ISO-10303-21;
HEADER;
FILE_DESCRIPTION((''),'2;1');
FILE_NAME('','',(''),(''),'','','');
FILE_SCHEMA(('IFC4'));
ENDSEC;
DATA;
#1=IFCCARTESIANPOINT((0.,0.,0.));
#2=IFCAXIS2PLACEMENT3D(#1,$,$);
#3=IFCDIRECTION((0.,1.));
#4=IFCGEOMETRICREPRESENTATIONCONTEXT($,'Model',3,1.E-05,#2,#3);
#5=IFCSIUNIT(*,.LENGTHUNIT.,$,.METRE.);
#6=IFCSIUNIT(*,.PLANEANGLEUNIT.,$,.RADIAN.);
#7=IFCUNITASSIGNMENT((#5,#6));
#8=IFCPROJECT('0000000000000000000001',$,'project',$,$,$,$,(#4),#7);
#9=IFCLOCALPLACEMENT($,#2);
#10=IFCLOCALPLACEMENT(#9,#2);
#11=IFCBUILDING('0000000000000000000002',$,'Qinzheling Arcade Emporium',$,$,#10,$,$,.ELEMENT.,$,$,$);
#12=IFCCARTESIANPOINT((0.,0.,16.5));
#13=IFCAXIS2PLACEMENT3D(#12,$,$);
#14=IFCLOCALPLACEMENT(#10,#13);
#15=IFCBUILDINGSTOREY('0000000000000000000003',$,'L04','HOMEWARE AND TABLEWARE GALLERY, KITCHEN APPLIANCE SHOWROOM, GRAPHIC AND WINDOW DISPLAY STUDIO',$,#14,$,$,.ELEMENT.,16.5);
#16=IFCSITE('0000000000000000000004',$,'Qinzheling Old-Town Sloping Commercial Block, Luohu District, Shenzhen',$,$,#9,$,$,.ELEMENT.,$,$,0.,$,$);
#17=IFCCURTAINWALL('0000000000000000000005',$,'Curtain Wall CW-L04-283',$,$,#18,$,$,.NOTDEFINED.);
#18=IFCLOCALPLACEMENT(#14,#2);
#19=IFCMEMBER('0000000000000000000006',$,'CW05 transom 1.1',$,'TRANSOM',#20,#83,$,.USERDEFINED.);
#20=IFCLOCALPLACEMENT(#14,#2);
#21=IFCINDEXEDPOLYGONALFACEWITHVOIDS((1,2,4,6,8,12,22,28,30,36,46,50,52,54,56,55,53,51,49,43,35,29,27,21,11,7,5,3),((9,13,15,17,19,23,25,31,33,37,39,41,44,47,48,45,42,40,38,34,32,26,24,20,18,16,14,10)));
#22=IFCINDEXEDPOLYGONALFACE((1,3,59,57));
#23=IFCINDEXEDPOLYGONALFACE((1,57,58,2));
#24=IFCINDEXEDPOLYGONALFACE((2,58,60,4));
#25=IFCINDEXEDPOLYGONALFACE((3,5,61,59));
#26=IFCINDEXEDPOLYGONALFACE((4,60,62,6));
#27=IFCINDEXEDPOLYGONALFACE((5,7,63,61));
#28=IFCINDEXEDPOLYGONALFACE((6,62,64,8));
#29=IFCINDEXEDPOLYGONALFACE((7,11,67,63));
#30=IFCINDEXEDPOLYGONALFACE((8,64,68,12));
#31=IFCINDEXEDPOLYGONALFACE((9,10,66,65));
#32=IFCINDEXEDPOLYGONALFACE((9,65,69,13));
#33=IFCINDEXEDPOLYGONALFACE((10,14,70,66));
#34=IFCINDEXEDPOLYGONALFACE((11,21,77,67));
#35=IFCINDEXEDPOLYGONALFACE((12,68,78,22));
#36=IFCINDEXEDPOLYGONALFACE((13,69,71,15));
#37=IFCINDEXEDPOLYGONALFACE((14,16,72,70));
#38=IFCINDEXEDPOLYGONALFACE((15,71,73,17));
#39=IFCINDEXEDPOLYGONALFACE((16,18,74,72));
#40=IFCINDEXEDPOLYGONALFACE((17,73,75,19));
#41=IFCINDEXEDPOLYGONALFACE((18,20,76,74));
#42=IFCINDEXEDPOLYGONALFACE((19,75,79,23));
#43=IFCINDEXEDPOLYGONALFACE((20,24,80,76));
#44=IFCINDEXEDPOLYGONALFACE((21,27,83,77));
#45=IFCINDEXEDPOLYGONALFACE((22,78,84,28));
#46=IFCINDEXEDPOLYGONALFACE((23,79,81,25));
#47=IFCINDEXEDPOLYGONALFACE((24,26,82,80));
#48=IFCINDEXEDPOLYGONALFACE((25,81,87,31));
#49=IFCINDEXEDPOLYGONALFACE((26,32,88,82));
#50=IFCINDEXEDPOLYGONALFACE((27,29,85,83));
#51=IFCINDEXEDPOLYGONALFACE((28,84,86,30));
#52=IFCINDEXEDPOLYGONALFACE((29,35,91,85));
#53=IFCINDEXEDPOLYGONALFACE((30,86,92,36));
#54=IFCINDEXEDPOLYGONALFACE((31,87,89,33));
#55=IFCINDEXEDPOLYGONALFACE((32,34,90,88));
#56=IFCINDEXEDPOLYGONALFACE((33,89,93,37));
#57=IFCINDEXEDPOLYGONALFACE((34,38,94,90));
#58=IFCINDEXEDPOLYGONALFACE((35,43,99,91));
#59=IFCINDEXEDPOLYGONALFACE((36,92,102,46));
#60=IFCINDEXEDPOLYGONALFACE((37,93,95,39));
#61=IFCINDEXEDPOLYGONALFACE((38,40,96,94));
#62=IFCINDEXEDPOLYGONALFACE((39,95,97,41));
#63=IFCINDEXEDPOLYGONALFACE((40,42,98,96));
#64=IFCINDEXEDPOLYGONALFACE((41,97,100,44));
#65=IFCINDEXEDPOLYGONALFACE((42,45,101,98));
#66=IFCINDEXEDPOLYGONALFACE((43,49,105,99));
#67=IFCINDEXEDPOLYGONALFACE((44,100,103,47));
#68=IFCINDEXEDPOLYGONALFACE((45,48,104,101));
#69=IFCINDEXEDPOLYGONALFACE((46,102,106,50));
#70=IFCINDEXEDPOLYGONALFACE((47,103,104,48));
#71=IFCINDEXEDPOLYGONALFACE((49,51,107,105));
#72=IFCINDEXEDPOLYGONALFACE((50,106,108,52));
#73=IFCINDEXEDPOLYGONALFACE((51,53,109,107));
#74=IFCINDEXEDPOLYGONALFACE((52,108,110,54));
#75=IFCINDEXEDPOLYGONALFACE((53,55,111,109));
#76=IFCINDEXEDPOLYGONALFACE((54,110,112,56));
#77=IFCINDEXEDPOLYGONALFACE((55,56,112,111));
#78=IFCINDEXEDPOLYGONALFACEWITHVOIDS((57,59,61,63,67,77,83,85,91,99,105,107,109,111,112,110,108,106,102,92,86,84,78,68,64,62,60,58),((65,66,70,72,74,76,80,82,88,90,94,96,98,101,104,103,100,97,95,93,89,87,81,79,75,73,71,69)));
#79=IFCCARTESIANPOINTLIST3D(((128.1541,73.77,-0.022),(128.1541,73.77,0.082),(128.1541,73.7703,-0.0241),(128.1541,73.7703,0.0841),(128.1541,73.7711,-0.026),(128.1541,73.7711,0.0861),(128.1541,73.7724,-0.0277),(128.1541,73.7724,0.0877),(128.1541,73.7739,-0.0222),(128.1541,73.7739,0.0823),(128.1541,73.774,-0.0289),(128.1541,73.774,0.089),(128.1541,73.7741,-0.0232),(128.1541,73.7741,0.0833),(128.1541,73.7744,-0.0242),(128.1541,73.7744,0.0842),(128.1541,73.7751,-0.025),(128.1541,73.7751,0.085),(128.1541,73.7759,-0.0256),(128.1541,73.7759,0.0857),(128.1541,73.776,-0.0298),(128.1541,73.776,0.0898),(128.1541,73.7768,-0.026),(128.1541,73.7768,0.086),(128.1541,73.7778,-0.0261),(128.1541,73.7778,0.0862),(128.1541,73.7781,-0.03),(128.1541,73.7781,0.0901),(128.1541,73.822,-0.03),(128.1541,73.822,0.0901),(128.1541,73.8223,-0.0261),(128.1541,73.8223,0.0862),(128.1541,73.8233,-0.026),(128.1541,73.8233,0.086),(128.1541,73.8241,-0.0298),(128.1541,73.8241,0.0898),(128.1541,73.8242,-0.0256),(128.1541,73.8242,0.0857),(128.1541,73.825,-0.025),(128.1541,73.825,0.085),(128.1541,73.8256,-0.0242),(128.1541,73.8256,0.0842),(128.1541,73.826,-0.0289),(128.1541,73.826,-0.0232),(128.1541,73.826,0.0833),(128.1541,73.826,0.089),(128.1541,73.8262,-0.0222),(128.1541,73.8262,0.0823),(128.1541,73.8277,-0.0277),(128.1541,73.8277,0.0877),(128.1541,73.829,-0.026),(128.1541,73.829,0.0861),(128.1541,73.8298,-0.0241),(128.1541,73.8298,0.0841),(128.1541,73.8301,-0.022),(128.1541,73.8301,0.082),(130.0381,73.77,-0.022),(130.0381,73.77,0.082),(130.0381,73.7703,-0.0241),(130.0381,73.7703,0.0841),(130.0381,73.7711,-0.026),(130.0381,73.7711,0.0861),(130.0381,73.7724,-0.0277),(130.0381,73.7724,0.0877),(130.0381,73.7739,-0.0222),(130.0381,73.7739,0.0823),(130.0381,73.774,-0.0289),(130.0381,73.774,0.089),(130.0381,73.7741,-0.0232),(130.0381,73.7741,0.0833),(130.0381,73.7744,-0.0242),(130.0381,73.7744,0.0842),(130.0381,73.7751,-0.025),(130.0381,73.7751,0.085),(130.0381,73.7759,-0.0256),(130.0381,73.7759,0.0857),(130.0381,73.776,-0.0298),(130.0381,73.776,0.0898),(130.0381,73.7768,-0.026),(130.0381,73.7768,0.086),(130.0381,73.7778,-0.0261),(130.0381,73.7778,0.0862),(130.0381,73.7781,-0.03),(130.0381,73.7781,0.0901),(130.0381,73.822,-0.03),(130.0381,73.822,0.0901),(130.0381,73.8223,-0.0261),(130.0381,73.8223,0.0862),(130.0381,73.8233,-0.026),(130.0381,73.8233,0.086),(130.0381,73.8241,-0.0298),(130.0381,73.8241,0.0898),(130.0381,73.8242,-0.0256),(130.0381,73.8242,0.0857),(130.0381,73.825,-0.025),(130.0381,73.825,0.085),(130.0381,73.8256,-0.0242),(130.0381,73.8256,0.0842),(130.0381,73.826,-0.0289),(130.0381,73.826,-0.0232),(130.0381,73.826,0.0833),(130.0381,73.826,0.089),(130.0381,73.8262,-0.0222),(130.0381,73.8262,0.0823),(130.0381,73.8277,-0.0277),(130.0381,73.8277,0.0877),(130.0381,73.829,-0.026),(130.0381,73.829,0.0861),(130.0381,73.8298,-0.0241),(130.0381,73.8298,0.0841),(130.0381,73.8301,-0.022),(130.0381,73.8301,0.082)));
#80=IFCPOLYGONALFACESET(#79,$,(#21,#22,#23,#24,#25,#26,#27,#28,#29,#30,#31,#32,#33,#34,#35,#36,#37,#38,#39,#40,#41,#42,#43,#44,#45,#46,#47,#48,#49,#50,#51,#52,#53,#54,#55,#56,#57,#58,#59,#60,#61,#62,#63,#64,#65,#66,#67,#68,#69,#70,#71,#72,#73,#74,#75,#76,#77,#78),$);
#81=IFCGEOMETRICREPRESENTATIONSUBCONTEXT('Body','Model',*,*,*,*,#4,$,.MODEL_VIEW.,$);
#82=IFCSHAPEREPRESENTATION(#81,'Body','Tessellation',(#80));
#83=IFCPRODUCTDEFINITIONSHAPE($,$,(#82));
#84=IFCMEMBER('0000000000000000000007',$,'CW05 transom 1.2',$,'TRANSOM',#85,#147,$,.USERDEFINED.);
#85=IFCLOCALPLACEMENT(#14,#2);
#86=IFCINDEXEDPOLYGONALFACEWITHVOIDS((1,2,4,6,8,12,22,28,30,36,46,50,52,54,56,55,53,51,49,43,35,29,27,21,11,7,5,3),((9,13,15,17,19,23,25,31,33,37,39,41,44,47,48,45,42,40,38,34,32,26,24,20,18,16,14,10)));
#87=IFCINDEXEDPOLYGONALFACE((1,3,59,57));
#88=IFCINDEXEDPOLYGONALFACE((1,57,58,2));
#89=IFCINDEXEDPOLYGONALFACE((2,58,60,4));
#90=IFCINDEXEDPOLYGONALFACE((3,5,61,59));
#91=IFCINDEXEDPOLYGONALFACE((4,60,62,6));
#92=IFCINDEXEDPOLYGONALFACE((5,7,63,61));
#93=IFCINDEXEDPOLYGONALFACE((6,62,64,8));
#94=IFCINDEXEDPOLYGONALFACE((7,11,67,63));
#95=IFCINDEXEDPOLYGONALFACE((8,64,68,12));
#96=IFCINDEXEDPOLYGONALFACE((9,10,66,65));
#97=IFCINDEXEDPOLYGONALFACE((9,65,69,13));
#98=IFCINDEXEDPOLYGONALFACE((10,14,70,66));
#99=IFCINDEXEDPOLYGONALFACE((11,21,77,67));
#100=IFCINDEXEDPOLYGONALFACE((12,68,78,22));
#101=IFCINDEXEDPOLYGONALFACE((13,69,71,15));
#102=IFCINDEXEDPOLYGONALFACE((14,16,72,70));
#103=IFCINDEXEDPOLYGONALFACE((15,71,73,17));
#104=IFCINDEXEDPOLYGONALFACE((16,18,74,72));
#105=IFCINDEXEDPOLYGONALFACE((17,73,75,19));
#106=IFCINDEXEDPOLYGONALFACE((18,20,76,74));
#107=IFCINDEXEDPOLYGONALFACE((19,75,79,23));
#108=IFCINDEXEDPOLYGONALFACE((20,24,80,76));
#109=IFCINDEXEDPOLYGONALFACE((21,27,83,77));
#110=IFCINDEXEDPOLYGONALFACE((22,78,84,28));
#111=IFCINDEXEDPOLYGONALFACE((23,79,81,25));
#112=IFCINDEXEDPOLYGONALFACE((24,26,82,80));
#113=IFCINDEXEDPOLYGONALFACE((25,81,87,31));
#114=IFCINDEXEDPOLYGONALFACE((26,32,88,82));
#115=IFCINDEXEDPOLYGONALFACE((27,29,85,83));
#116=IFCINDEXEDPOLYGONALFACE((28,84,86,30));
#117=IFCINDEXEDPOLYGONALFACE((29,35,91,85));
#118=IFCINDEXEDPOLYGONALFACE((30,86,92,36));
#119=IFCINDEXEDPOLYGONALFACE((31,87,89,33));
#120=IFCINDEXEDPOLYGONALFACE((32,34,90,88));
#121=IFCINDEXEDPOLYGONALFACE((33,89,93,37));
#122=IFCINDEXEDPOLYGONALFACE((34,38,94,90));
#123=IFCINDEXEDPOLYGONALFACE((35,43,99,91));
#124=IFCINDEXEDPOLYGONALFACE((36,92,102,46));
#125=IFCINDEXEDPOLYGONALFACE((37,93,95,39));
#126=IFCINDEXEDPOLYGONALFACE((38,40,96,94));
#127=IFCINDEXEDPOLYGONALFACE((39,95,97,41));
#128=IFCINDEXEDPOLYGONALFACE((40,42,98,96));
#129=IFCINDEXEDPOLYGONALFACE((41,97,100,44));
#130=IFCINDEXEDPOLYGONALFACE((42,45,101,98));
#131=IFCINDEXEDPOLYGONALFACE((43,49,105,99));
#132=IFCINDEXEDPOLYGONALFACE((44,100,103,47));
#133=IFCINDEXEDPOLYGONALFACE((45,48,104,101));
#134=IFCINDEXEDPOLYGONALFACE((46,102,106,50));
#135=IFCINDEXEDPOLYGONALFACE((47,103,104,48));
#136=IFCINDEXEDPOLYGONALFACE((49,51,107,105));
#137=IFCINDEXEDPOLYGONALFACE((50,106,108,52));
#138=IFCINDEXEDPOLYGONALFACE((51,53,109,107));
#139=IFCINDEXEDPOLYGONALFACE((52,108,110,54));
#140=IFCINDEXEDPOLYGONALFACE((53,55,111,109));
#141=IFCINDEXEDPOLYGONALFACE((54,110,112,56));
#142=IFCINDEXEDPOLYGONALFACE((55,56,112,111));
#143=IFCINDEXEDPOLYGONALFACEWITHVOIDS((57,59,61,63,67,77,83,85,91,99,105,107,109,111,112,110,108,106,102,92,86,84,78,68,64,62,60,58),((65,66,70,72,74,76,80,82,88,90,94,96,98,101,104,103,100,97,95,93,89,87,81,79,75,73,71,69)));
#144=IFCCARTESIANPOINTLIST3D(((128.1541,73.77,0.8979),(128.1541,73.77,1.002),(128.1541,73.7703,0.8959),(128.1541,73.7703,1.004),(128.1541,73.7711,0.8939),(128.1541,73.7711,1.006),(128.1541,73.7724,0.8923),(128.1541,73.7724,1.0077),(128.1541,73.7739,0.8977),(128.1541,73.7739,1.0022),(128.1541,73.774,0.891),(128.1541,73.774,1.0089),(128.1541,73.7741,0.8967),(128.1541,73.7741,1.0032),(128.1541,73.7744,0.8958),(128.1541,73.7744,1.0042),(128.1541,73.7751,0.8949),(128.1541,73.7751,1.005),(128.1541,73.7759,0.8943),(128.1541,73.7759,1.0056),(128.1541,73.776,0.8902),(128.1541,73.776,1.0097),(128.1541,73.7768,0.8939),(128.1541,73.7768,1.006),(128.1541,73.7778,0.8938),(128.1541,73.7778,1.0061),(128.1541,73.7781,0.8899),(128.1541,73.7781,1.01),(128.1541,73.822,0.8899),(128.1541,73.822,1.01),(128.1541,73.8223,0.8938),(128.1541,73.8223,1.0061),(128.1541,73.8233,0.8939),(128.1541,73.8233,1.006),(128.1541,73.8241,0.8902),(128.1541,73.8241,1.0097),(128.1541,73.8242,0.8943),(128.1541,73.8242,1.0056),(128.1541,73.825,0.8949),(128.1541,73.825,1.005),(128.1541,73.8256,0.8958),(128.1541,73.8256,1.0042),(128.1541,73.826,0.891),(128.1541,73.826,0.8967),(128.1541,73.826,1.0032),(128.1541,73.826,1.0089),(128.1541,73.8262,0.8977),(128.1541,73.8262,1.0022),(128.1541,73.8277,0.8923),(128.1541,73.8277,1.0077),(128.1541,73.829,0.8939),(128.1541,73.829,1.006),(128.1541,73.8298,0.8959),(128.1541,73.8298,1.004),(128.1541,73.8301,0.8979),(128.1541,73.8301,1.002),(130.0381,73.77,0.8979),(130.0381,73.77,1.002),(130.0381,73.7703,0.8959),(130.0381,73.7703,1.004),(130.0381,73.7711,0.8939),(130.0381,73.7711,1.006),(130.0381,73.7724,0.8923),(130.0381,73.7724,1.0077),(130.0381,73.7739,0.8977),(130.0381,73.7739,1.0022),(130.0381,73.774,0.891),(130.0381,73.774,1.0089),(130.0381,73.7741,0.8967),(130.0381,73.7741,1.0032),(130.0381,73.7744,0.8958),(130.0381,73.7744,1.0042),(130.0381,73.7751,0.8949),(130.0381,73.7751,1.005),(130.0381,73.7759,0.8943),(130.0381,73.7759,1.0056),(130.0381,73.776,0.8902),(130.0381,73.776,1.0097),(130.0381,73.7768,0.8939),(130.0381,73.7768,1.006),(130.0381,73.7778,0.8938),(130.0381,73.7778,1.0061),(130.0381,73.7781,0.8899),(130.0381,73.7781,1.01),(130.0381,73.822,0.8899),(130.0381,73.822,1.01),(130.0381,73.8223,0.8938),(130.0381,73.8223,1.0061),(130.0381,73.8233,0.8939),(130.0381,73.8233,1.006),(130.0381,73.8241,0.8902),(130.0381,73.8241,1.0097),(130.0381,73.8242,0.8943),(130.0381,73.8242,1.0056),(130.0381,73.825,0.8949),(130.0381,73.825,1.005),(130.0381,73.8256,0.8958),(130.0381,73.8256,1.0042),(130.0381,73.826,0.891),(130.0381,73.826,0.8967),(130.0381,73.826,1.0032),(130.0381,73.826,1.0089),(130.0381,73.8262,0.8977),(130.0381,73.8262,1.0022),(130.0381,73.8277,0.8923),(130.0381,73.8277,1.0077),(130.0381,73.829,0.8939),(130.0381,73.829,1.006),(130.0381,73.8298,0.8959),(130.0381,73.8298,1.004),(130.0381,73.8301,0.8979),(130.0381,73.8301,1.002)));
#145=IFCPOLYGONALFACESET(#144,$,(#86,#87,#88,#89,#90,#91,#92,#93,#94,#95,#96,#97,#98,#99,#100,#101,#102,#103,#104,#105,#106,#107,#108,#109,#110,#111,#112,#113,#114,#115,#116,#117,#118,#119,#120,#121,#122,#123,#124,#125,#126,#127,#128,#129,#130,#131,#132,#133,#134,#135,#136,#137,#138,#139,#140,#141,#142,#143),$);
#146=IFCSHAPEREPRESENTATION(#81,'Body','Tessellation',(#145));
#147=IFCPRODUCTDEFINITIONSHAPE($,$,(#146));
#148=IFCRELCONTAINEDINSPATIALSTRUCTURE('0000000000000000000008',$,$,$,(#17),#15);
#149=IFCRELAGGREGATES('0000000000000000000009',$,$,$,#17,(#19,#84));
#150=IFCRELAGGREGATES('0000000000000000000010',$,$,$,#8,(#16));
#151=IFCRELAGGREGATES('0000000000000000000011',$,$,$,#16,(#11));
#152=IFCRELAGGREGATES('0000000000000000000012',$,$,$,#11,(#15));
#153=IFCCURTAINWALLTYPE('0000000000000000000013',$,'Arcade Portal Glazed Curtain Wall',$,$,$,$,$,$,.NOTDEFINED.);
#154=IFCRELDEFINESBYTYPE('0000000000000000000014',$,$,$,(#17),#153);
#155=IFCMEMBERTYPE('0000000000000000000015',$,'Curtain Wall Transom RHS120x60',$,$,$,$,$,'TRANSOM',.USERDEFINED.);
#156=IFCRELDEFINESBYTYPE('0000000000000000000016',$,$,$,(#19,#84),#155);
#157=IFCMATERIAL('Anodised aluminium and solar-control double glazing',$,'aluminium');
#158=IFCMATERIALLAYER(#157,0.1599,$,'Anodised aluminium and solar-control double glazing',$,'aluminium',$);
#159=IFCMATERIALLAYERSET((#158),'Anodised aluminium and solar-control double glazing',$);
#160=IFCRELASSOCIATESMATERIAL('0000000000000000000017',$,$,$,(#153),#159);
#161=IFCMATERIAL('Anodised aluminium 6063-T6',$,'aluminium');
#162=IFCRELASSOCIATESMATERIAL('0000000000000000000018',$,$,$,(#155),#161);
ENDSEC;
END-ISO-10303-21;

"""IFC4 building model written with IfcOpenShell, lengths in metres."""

from ifc_helpers import new_model, si_unit, direction, frame, origin, origin_2d, place, context, subcontext, project, spatial, hollow_rectangle, extrude, material, layer, layer_set, material_profile, profile_set, type_object, element, aggregate, save


model = new_model("IFC4")

# Units and contexts
model_context = context("Model", 3, precision=1e-05, world=origin(), true_north=direction((0.0, 1.0)))
body_context = subcontext(model_context, "Body", "Model", "MODEL_VIEW")
ifc_project = project(units=[si_unit("LENGTHUNIT", "METRE"), si_unit("PLANEANGLEUNIT", "RADIAN")], contexts=[model_context])

# Site, building, storey
site_placement = place(None, origin())
site = spatial("IfcSite", under=ifc_project, at=site_placement, Name="Qinzheling Old-Town Sloping Commercial Block, Luohu District, Shenzhen", CompositionType="ELEMENT", RefElevation=0.0)
building_placement = place(site_placement, origin())
building = spatial("IfcBuilding", under=site, at=building_placement, Name="Qinzheling Arcade Emporium", CompositionType="ELEMENT")
storey_placement = place(building_placement, frame((0.0, 0.0, 16.5)))
storey = spatial("IfcBuildingStorey", under=building, at=storey_placement, Name="L04", Description="HOMEWARE AND TABLEWARE GALLERY, KITCHEN APPLIANCE SHOWROOM, GRAPHIC AND WINDOW DISPLAY STUDIO", CompositionType="ELEMENT", Elevation=16.5)

# Shared definitions
ifc_material_1 = material(Name="Anodised aluminium and solar-control double glazing", Category="aluminium")
ifc_layer_1 = layer(ifc_material_1, 0.1599, Name="Anodised aluminium and solar-control double glazing", Category="aluminium")
ifc_layer_set_1 = layer_set([ifc_layer_1], Name="Anodised aluminium and solar-control double glazing")
curtain_wall_type = type_object("IfcCurtainWallType", Name="Arcade Portal Glazed Curtain Wall", PredefinedType="NOTDEFINED", material=ifc_layer_set_1)
ifc_material_2 = material(Name="Anodised aluminium 6063-T6", Category="aluminium")

# Curtain wall, members
curtain_wall_1_placement = place(storey_placement, origin())
curtain_wall_1 = element("IfcCurtainWall", 1, at=curtain_wall_1_placement, inside=storey, type_object=curtain_wall_type, Name="Curtain Wall CW-L04-283", PredefinedType="NOTDEFINED")
ifc_material_profile_1 = material_profile(ifc_material_2, hollow_rectangle(XDim=0.0601, YDim=0.1201, WallThickness=0.0039, InnerFilletRadius=0.0039, OuterFilletRadius=0.0081, at=origin_2d()), Name="RHS 120x60x4", Category="aluminium")
ifc_profile_set_1 = profile_set([ifc_material_profile_1], Name="Anodised aluminium 6063-T6")
member_type_1 = type_object("IfcMemberType", Name="Curtain Wall Transom RHS120x60", ElementType="TRANSOM", PredefinedType="USERDEFINED", material=ifc_profile_set_1)
member_1_placement = place(storey_placement, frame((130.0381, 73.8, 0.03), z_axis=(-1.0, 0.0, 0.0), x_axis=(0.0, -1.0, 0.0)))
member_1 = element("IfcMember", 2, at=member_1_placement, type_object=member_type_1, Name="CW05 transom 1.1", ObjectType="TRANSOM", PredefinedType="USERDEFINED", context=body_context, shape_type="SweptSolid", body=[
    extrude(hollow_rectangle(XDim=0.0601, YDim=0.1201, WallThickness=0.0039, InnerFilletRadius=0.0039, OuterFilletRadius=0.0081, at=origin_2d()), origin(), (0.0, 0.0, 1.0), 1.884),
])
member_2_placement = place(storey_placement, frame((130.0381, 73.8, 0.95), z_axis=(-1.0, 0.0, 0.0), x_axis=(0.0, -1.0, 0.0)))
member_2 = element("IfcMember", 3, at=member_2_placement, type_object=member_type_1, Name="CW05 transom 1.2", ObjectType="TRANSOM", PredefinedType="USERDEFINED", context=body_context, shape_type="SweptSolid", body=[
    extrude(hollow_rectangle(XDim=0.0601, YDim=0.1201, WallThickness=0.0039, InnerFilletRadius=0.0039, OuterFilletRadius=0.0081, at=origin_2d()), origin(), (0.0, 0.0, 1.0), 1.884),
])

aggregate(curtain_wall_1, [member_1, member_2])

save(model, "model.ifc")
